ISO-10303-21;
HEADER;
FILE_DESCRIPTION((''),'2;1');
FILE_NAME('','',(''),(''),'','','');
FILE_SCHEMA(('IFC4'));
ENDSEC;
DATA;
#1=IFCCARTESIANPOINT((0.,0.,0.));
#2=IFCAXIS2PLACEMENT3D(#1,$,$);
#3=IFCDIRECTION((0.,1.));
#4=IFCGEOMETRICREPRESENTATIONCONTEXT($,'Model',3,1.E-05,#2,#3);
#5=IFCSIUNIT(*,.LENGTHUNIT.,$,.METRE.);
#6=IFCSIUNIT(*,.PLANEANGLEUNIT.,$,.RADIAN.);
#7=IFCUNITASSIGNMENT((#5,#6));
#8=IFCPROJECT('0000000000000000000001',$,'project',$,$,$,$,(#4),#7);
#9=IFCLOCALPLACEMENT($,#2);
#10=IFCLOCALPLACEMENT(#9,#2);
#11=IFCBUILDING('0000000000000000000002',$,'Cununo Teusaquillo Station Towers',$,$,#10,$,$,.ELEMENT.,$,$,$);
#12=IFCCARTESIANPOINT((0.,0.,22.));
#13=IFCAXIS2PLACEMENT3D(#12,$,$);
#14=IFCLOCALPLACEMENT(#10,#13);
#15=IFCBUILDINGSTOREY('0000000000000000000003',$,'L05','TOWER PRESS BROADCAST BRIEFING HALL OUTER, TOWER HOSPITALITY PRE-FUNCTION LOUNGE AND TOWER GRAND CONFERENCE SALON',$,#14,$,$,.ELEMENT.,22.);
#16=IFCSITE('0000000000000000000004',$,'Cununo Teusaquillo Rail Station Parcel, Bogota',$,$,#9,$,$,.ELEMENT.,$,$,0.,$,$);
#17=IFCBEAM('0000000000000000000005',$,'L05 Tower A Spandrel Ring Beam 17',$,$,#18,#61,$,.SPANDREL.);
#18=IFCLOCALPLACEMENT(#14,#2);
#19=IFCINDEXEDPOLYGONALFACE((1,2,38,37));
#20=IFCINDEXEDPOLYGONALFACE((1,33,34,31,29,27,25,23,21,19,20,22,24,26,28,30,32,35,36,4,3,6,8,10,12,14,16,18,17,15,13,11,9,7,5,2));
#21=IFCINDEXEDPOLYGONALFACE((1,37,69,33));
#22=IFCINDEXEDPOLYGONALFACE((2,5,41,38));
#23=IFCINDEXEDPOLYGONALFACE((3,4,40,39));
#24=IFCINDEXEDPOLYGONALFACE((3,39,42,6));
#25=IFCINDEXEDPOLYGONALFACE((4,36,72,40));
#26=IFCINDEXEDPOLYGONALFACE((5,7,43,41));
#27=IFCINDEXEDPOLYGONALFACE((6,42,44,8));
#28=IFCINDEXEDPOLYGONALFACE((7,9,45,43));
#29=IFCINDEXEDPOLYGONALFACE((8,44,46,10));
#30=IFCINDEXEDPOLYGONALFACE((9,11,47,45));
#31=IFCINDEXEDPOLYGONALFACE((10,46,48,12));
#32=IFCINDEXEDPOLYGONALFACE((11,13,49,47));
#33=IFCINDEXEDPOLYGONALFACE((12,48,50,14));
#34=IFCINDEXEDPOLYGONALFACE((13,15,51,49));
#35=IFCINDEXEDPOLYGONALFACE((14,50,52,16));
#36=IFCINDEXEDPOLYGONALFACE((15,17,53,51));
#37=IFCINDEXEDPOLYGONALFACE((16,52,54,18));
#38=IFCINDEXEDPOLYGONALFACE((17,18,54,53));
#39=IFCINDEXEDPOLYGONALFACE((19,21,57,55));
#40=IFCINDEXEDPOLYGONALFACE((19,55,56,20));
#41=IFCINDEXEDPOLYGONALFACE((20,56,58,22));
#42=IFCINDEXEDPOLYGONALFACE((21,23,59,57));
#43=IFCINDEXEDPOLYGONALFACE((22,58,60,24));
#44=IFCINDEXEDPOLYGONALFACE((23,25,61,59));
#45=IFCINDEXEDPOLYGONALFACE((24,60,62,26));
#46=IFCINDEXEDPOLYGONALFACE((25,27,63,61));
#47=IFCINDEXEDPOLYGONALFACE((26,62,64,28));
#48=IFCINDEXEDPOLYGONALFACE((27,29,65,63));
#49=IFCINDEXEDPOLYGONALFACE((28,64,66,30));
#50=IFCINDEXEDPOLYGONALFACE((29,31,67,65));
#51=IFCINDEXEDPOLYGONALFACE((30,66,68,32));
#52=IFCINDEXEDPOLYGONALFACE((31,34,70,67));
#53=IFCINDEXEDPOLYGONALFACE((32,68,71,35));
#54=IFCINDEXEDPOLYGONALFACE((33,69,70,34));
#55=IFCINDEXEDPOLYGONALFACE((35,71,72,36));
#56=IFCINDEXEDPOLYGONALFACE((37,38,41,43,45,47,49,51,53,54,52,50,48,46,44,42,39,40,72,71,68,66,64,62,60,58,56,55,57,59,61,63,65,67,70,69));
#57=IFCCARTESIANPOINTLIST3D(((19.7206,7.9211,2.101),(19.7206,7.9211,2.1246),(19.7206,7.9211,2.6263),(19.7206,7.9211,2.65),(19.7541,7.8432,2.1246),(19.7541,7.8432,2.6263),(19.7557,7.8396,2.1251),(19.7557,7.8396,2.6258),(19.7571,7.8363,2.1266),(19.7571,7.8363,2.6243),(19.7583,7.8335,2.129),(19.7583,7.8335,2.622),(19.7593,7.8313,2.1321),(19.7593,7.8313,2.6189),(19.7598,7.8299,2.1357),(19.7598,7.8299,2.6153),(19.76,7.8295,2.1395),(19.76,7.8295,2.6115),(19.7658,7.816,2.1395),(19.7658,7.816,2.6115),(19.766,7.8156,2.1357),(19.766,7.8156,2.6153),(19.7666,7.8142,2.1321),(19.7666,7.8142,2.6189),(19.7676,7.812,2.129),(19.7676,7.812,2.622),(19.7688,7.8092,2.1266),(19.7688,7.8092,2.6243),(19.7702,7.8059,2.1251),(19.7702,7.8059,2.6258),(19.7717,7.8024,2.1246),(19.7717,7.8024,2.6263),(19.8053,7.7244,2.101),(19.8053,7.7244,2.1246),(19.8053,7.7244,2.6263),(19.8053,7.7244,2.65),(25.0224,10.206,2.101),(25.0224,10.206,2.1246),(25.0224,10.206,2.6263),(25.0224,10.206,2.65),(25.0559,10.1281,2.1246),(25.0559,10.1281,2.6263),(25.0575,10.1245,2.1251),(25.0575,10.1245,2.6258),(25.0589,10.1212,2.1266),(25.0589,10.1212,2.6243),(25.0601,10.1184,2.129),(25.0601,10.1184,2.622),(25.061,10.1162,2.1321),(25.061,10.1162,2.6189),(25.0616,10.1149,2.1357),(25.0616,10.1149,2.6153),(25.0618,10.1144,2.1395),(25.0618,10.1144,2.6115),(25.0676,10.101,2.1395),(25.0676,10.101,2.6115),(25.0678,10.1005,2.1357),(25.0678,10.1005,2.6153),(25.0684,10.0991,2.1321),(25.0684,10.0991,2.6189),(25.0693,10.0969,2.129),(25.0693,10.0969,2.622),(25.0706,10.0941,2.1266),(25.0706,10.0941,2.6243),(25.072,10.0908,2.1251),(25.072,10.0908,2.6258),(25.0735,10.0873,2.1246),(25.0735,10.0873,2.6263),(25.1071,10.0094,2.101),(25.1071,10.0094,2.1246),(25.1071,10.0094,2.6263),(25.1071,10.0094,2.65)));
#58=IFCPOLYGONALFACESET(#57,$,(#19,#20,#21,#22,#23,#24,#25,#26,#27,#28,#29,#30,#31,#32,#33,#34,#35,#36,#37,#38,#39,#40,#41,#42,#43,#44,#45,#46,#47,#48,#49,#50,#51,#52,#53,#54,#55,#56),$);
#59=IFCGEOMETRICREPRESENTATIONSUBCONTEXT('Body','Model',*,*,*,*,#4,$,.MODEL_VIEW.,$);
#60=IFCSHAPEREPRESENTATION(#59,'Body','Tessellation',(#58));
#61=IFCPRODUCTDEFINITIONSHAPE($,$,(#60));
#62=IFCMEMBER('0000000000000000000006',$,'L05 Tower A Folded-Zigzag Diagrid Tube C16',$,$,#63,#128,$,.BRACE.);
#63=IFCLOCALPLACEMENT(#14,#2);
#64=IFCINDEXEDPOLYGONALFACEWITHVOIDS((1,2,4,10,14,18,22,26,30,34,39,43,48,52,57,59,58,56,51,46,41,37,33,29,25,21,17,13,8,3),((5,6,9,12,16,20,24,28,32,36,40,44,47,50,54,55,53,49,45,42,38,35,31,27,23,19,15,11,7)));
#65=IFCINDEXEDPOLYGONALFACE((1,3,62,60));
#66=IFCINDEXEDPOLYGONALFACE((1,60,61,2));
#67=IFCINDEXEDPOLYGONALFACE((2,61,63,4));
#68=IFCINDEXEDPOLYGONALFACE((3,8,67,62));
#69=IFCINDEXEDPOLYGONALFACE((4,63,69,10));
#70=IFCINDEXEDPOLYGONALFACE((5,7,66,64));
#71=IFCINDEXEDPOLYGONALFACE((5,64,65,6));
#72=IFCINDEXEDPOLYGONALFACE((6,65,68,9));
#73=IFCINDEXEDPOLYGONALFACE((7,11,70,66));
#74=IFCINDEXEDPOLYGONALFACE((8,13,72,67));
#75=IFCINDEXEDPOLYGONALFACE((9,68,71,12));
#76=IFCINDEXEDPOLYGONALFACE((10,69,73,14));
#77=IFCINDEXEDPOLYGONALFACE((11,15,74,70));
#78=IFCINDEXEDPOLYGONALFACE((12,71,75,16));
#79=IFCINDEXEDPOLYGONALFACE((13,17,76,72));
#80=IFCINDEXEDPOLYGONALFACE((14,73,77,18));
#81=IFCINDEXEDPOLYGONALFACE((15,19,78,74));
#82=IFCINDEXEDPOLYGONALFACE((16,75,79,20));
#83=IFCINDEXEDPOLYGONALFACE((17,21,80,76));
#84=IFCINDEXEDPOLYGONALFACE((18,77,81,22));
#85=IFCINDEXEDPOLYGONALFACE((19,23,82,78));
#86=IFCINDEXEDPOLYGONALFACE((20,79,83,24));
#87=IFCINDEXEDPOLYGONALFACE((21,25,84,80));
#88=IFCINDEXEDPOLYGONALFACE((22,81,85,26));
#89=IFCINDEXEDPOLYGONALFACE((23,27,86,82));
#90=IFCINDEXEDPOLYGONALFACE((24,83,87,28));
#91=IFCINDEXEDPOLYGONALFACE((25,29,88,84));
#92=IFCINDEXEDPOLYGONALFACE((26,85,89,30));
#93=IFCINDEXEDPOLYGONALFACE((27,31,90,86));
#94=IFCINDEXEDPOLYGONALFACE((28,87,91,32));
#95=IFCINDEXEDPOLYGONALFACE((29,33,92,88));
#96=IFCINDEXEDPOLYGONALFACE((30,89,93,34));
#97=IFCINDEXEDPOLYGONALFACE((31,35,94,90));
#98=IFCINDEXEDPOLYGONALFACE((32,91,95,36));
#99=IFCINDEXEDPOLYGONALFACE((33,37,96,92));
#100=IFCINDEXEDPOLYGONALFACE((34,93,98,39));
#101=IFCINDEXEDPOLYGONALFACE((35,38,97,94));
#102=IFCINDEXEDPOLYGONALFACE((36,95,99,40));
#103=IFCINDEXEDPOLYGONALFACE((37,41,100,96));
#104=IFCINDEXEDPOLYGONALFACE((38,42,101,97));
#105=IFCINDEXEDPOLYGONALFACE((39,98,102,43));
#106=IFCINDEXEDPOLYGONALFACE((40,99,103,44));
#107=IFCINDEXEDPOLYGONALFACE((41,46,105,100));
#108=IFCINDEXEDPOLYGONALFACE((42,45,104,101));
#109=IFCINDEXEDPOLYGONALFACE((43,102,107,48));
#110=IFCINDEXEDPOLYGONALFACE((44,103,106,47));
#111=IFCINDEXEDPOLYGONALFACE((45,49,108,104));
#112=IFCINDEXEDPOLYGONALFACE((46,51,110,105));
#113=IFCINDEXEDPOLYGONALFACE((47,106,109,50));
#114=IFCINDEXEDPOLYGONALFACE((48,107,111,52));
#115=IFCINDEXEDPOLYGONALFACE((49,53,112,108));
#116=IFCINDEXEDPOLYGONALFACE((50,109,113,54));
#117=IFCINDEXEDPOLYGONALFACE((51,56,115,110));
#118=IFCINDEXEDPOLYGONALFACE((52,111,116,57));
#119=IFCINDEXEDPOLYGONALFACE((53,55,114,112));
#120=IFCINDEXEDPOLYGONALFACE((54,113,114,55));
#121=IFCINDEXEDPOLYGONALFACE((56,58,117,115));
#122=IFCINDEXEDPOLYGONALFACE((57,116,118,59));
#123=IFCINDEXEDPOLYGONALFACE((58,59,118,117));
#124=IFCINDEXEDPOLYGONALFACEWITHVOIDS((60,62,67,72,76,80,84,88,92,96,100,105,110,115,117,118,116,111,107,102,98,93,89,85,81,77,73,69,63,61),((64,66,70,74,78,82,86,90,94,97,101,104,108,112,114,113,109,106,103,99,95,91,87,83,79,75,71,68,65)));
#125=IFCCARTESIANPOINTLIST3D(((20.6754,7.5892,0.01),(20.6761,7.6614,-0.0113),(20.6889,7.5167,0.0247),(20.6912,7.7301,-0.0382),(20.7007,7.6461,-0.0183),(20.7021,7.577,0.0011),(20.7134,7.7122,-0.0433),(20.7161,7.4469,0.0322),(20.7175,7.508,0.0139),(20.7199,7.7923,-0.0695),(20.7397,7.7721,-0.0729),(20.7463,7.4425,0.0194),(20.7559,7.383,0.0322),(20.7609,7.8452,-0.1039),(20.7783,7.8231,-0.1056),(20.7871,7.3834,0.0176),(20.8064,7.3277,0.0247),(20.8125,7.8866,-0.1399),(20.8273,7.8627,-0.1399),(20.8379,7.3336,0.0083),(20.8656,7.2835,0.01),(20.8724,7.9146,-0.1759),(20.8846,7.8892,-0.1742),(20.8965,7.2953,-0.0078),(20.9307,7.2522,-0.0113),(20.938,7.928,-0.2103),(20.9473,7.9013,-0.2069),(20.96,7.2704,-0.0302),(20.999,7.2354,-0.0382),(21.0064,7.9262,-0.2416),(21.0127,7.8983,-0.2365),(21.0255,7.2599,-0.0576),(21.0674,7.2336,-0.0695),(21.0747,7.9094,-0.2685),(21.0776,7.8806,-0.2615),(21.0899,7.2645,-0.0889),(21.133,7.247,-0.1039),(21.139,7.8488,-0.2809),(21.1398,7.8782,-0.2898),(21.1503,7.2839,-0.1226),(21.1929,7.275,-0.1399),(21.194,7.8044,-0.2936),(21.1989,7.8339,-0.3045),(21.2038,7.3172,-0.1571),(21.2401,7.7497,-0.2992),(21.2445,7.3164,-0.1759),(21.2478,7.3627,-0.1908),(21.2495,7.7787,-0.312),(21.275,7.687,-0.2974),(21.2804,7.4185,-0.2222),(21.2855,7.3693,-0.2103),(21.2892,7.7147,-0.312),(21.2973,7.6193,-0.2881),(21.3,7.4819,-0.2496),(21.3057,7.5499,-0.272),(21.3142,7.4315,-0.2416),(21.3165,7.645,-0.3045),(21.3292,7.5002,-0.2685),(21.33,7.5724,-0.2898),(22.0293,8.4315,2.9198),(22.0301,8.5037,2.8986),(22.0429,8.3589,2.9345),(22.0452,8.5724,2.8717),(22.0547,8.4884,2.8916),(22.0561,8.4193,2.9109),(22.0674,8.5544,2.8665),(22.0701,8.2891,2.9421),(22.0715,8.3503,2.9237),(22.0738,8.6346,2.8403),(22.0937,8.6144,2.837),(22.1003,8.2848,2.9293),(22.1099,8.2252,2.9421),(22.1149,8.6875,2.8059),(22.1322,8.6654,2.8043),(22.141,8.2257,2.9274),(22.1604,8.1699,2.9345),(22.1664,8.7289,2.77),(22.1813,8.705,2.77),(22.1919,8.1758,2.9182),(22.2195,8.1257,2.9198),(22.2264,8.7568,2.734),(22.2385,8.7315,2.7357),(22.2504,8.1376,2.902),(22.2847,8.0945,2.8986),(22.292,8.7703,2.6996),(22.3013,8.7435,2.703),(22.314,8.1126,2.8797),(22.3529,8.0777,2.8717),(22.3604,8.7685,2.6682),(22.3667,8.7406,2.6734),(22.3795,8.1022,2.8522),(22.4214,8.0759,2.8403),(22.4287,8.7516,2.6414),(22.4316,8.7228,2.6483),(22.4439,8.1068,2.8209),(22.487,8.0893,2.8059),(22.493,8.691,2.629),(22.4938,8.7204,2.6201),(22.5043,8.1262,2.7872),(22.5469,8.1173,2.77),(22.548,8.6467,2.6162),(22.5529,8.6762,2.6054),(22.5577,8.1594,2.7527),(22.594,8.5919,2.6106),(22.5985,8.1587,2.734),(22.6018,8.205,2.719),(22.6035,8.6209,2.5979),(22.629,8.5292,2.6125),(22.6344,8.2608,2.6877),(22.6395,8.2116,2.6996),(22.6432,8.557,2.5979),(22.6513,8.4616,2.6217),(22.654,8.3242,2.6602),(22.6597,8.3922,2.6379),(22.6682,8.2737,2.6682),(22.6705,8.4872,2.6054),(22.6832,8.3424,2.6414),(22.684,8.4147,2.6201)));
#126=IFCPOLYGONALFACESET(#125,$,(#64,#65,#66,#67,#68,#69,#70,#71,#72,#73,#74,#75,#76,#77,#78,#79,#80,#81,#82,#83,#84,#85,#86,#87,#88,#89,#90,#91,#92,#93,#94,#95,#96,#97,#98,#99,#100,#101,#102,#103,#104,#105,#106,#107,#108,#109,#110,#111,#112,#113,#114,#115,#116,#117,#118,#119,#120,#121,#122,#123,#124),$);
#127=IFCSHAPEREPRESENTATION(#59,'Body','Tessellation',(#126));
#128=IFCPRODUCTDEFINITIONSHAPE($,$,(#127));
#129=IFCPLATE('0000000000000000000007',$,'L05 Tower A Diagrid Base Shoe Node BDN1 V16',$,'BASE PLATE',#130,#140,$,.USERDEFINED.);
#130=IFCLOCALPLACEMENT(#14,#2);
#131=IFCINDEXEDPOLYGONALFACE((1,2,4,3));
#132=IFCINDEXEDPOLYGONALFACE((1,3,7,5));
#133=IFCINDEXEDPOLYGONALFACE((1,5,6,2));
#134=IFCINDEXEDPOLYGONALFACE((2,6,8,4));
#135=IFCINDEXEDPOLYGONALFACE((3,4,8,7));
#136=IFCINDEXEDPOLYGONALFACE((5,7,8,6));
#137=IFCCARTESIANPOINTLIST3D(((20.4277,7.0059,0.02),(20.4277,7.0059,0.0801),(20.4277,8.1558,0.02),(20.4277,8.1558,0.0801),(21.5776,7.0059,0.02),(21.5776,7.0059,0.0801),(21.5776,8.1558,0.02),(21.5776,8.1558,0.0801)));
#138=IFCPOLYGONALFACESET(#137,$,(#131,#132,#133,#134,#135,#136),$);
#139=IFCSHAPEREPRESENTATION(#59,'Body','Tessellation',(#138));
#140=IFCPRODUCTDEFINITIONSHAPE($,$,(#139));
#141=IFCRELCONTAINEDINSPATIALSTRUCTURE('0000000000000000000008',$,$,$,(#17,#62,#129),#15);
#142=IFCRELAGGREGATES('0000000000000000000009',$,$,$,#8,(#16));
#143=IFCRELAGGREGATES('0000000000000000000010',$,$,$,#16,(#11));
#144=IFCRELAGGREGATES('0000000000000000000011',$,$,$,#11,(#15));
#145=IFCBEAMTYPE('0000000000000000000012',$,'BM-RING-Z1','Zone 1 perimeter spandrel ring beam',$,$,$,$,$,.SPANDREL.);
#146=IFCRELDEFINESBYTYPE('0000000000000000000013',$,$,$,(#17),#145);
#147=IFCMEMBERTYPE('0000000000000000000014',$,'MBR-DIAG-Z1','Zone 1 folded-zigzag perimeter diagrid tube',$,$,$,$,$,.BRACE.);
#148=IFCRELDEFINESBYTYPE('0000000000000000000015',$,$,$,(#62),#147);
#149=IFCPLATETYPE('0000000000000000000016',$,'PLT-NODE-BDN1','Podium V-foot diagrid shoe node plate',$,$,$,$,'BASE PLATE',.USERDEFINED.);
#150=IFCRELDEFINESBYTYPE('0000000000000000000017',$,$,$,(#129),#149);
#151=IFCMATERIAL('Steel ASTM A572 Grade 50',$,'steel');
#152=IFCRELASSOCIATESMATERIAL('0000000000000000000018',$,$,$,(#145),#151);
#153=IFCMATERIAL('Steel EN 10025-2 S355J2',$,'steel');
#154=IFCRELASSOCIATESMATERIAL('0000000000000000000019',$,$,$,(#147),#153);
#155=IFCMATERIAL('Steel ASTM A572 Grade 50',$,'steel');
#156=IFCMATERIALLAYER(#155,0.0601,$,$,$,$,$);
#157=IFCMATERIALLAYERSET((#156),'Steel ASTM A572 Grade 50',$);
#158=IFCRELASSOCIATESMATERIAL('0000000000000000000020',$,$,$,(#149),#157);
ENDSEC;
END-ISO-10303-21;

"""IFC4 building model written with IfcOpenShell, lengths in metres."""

from ifc_helpers import new_model, si_unit, direction, frame, origin, origin_2d, place, context, subcontext, project, spatial, rectangle, hollow_circle, i_section, extrude, source, transform, mapped, material, layer, layer_set, material_profile, profile_set, type_object, element, save


model = new_model("IFC4")

# Units and contexts
model_context = context("Model", 3, precision=1e-05, world=origin(), true_north=direction((0.0, 1.0)))
body_context = subcontext(model_context, "Body", "Model", "MODEL_VIEW")
ifc_project = project(units=[si_unit("LENGTHUNIT", "METRE"), si_unit("PLANEANGLEUNIT", "RADIAN")], contexts=[model_context])

# Site, building, storey
site_placement = place(None, origin())
site = spatial("IfcSite", under=ifc_project, at=site_placement, Name="Cununo Teusaquillo Rail Station Parcel, Bogota", CompositionType="ELEMENT", RefElevation=0.0)
building_placement = place(site_placement, origin())
building = spatial("IfcBuilding", under=site, at=building_placement, Name="Cununo Teusaquillo Station Towers", CompositionType="ELEMENT")
storey_placement = place(building_placement, frame((0.0, 0.0, 22.0)))
storey = spatial("IfcBuildingStorey", under=building, at=storey_placement, Name="L05", Description="TOWER PRESS BROADCAST BRIEFING HALL OUTER, TOWER HOSPITALITY PRE-FUNCTION LOUNGE AND TOWER GRAND CONFERENCE SALON", CompositionType="ELEMENT", Elevation=22.0)

# Beam
ifc_material_1 = material(Name="Steel ASTM A572 Grade 50", Category="steel")
ifc_material_profile_1 = material_profile(ifc_material_1, i_section(OverallWidth=0.2141, OverallDepth=0.5491, WebThickness=0.0146, FlangeThickness=0.0237, FilletRadius=0.0149, at=origin_2d()), Name="W21X93")
ifc_profile_set_1 = profile_set([ifc_material_profile_1], Name="Steel ASTM A572 Grade 50")
beam_type = type_object("IfcBeamType", Name="BM-RING-Z1", Description="Zone 1 perimeter spandrel ring beam", PredefinedType="SPANDREL", material=ifc_profile_set_1)
beam_1_placement = place(storey_placement, frame((19.7629, 7.8228, 2.3755), z_axis=(0.918345, 0.395781, 0.0), x_axis=(-0.395781, 0.918345, 0.0)))
element("IfcBeam", 1, at=beam_1_placement, inside=storey, type_object=beam_type, Name="L05 Tower A Spandrel Ring Beam 17", PredefinedType="SPANDREL", context=body_context, shape_type="SweptSolid", body=[
    extrude(i_section(OverallWidth=0.2141, OverallDepth=0.5491, WebThickness=0.0146, FlangeThickness=0.0237, FilletRadius=0.0149, at=origin_2d()), origin(), (0.0, 0.0, 1.0), 5.7732),
])

# Member
ifc_material_2 = material(Name="Steel EN 10025-2 S355J2", Category="steel")
ifc_material_profile_2 = material_profile(ifc_material_2, hollow_circle(Radius=0.3601, WallThickness=0.0281, at=origin_2d()), Name="CHS 720x28")
ifc_profile_set_2 = profile_set([ifc_material_profile_2], Name="Steel EN 10025-2 S355J2")
member_type = type_object("IfcMemberType", Name="MBR-DIAG-Z1", Description="Zone 1 folded-zigzag perimeter diagrid tube", PredefinedType="BRACE", material=ifc_profile_set_2)
member_placement = place(storey_placement, frame((21.0027, 7.5808, -0.1399), z_axis=(0.408055, 0.253839, 0.876959), x_axis=(-0.528209, 0.849115, 0.0)))
element("IfcMember", 2, at=member_placement, inside=storey, type_object=member_type, Name="L05 Tower A Folded-Zigzag Diagrid Tube C16", PredefinedType="BRACE", context=body_context, shape_type="SweptSolid", body=[
    extrude(hollow_circle(Radius=0.3601, WallThickness=0.0281, at=origin_2d()), origin(), (0.0, 0.0, 1.0), 3.3181),
])

# Plate
ifc_material_3 = material(Name="Steel ASTM A572 Grade 50", Category="steel")
ifc_layer_1 = layer(ifc_material_3, 0.0601)
ifc_layer_set_1 = layer_set([ifc_layer_1], Name="Steel ASTM A572 Grade 50")
plate_type = type_object("IfcPlateType", Name="PLT-NODE-BDN1", Description="Podium V-foot diagrid shoe node plate", ElementType="BASE PLATE", PredefinedType="USERDEFINED", material=ifc_layer_set_1)
shared_shape_1 = source(origin(), body_context, "Body", "SweptSolid", [
    extrude(rectangle(XDim=1.1499, YDim=1.1499, at=origin_2d()), origin(), (0.0, 0.0, 1.0), 0.0601),
])
plate_placement = place(storey_placement, frame((21.0027, 7.5808, 0.02), z_axis=(0.0, 0.0, 1.0), x_axis=(1.0, 0.0, 0.0)))
element("IfcPlate", 3, at=plate_placement, inside=storey, type_object=plate_type, Name="L05 Tower A Diagrid Base Shoe Node BDN1 V16", ObjectType="BASE PLATE", PredefinedType="USERDEFINED", context=body_context, shape_type="MappedRepresentation", body=[
    mapped(shared_shape_1, transform((0.0, 0.0, 0.0), x_axis=(1.0, 0.0, 0.0), y_axis=(0.0, 1.0, 0.0), z_axis=(0.0, 0.0, 1.0), scale=1.0)),
])

save(model, "model.ifc")
